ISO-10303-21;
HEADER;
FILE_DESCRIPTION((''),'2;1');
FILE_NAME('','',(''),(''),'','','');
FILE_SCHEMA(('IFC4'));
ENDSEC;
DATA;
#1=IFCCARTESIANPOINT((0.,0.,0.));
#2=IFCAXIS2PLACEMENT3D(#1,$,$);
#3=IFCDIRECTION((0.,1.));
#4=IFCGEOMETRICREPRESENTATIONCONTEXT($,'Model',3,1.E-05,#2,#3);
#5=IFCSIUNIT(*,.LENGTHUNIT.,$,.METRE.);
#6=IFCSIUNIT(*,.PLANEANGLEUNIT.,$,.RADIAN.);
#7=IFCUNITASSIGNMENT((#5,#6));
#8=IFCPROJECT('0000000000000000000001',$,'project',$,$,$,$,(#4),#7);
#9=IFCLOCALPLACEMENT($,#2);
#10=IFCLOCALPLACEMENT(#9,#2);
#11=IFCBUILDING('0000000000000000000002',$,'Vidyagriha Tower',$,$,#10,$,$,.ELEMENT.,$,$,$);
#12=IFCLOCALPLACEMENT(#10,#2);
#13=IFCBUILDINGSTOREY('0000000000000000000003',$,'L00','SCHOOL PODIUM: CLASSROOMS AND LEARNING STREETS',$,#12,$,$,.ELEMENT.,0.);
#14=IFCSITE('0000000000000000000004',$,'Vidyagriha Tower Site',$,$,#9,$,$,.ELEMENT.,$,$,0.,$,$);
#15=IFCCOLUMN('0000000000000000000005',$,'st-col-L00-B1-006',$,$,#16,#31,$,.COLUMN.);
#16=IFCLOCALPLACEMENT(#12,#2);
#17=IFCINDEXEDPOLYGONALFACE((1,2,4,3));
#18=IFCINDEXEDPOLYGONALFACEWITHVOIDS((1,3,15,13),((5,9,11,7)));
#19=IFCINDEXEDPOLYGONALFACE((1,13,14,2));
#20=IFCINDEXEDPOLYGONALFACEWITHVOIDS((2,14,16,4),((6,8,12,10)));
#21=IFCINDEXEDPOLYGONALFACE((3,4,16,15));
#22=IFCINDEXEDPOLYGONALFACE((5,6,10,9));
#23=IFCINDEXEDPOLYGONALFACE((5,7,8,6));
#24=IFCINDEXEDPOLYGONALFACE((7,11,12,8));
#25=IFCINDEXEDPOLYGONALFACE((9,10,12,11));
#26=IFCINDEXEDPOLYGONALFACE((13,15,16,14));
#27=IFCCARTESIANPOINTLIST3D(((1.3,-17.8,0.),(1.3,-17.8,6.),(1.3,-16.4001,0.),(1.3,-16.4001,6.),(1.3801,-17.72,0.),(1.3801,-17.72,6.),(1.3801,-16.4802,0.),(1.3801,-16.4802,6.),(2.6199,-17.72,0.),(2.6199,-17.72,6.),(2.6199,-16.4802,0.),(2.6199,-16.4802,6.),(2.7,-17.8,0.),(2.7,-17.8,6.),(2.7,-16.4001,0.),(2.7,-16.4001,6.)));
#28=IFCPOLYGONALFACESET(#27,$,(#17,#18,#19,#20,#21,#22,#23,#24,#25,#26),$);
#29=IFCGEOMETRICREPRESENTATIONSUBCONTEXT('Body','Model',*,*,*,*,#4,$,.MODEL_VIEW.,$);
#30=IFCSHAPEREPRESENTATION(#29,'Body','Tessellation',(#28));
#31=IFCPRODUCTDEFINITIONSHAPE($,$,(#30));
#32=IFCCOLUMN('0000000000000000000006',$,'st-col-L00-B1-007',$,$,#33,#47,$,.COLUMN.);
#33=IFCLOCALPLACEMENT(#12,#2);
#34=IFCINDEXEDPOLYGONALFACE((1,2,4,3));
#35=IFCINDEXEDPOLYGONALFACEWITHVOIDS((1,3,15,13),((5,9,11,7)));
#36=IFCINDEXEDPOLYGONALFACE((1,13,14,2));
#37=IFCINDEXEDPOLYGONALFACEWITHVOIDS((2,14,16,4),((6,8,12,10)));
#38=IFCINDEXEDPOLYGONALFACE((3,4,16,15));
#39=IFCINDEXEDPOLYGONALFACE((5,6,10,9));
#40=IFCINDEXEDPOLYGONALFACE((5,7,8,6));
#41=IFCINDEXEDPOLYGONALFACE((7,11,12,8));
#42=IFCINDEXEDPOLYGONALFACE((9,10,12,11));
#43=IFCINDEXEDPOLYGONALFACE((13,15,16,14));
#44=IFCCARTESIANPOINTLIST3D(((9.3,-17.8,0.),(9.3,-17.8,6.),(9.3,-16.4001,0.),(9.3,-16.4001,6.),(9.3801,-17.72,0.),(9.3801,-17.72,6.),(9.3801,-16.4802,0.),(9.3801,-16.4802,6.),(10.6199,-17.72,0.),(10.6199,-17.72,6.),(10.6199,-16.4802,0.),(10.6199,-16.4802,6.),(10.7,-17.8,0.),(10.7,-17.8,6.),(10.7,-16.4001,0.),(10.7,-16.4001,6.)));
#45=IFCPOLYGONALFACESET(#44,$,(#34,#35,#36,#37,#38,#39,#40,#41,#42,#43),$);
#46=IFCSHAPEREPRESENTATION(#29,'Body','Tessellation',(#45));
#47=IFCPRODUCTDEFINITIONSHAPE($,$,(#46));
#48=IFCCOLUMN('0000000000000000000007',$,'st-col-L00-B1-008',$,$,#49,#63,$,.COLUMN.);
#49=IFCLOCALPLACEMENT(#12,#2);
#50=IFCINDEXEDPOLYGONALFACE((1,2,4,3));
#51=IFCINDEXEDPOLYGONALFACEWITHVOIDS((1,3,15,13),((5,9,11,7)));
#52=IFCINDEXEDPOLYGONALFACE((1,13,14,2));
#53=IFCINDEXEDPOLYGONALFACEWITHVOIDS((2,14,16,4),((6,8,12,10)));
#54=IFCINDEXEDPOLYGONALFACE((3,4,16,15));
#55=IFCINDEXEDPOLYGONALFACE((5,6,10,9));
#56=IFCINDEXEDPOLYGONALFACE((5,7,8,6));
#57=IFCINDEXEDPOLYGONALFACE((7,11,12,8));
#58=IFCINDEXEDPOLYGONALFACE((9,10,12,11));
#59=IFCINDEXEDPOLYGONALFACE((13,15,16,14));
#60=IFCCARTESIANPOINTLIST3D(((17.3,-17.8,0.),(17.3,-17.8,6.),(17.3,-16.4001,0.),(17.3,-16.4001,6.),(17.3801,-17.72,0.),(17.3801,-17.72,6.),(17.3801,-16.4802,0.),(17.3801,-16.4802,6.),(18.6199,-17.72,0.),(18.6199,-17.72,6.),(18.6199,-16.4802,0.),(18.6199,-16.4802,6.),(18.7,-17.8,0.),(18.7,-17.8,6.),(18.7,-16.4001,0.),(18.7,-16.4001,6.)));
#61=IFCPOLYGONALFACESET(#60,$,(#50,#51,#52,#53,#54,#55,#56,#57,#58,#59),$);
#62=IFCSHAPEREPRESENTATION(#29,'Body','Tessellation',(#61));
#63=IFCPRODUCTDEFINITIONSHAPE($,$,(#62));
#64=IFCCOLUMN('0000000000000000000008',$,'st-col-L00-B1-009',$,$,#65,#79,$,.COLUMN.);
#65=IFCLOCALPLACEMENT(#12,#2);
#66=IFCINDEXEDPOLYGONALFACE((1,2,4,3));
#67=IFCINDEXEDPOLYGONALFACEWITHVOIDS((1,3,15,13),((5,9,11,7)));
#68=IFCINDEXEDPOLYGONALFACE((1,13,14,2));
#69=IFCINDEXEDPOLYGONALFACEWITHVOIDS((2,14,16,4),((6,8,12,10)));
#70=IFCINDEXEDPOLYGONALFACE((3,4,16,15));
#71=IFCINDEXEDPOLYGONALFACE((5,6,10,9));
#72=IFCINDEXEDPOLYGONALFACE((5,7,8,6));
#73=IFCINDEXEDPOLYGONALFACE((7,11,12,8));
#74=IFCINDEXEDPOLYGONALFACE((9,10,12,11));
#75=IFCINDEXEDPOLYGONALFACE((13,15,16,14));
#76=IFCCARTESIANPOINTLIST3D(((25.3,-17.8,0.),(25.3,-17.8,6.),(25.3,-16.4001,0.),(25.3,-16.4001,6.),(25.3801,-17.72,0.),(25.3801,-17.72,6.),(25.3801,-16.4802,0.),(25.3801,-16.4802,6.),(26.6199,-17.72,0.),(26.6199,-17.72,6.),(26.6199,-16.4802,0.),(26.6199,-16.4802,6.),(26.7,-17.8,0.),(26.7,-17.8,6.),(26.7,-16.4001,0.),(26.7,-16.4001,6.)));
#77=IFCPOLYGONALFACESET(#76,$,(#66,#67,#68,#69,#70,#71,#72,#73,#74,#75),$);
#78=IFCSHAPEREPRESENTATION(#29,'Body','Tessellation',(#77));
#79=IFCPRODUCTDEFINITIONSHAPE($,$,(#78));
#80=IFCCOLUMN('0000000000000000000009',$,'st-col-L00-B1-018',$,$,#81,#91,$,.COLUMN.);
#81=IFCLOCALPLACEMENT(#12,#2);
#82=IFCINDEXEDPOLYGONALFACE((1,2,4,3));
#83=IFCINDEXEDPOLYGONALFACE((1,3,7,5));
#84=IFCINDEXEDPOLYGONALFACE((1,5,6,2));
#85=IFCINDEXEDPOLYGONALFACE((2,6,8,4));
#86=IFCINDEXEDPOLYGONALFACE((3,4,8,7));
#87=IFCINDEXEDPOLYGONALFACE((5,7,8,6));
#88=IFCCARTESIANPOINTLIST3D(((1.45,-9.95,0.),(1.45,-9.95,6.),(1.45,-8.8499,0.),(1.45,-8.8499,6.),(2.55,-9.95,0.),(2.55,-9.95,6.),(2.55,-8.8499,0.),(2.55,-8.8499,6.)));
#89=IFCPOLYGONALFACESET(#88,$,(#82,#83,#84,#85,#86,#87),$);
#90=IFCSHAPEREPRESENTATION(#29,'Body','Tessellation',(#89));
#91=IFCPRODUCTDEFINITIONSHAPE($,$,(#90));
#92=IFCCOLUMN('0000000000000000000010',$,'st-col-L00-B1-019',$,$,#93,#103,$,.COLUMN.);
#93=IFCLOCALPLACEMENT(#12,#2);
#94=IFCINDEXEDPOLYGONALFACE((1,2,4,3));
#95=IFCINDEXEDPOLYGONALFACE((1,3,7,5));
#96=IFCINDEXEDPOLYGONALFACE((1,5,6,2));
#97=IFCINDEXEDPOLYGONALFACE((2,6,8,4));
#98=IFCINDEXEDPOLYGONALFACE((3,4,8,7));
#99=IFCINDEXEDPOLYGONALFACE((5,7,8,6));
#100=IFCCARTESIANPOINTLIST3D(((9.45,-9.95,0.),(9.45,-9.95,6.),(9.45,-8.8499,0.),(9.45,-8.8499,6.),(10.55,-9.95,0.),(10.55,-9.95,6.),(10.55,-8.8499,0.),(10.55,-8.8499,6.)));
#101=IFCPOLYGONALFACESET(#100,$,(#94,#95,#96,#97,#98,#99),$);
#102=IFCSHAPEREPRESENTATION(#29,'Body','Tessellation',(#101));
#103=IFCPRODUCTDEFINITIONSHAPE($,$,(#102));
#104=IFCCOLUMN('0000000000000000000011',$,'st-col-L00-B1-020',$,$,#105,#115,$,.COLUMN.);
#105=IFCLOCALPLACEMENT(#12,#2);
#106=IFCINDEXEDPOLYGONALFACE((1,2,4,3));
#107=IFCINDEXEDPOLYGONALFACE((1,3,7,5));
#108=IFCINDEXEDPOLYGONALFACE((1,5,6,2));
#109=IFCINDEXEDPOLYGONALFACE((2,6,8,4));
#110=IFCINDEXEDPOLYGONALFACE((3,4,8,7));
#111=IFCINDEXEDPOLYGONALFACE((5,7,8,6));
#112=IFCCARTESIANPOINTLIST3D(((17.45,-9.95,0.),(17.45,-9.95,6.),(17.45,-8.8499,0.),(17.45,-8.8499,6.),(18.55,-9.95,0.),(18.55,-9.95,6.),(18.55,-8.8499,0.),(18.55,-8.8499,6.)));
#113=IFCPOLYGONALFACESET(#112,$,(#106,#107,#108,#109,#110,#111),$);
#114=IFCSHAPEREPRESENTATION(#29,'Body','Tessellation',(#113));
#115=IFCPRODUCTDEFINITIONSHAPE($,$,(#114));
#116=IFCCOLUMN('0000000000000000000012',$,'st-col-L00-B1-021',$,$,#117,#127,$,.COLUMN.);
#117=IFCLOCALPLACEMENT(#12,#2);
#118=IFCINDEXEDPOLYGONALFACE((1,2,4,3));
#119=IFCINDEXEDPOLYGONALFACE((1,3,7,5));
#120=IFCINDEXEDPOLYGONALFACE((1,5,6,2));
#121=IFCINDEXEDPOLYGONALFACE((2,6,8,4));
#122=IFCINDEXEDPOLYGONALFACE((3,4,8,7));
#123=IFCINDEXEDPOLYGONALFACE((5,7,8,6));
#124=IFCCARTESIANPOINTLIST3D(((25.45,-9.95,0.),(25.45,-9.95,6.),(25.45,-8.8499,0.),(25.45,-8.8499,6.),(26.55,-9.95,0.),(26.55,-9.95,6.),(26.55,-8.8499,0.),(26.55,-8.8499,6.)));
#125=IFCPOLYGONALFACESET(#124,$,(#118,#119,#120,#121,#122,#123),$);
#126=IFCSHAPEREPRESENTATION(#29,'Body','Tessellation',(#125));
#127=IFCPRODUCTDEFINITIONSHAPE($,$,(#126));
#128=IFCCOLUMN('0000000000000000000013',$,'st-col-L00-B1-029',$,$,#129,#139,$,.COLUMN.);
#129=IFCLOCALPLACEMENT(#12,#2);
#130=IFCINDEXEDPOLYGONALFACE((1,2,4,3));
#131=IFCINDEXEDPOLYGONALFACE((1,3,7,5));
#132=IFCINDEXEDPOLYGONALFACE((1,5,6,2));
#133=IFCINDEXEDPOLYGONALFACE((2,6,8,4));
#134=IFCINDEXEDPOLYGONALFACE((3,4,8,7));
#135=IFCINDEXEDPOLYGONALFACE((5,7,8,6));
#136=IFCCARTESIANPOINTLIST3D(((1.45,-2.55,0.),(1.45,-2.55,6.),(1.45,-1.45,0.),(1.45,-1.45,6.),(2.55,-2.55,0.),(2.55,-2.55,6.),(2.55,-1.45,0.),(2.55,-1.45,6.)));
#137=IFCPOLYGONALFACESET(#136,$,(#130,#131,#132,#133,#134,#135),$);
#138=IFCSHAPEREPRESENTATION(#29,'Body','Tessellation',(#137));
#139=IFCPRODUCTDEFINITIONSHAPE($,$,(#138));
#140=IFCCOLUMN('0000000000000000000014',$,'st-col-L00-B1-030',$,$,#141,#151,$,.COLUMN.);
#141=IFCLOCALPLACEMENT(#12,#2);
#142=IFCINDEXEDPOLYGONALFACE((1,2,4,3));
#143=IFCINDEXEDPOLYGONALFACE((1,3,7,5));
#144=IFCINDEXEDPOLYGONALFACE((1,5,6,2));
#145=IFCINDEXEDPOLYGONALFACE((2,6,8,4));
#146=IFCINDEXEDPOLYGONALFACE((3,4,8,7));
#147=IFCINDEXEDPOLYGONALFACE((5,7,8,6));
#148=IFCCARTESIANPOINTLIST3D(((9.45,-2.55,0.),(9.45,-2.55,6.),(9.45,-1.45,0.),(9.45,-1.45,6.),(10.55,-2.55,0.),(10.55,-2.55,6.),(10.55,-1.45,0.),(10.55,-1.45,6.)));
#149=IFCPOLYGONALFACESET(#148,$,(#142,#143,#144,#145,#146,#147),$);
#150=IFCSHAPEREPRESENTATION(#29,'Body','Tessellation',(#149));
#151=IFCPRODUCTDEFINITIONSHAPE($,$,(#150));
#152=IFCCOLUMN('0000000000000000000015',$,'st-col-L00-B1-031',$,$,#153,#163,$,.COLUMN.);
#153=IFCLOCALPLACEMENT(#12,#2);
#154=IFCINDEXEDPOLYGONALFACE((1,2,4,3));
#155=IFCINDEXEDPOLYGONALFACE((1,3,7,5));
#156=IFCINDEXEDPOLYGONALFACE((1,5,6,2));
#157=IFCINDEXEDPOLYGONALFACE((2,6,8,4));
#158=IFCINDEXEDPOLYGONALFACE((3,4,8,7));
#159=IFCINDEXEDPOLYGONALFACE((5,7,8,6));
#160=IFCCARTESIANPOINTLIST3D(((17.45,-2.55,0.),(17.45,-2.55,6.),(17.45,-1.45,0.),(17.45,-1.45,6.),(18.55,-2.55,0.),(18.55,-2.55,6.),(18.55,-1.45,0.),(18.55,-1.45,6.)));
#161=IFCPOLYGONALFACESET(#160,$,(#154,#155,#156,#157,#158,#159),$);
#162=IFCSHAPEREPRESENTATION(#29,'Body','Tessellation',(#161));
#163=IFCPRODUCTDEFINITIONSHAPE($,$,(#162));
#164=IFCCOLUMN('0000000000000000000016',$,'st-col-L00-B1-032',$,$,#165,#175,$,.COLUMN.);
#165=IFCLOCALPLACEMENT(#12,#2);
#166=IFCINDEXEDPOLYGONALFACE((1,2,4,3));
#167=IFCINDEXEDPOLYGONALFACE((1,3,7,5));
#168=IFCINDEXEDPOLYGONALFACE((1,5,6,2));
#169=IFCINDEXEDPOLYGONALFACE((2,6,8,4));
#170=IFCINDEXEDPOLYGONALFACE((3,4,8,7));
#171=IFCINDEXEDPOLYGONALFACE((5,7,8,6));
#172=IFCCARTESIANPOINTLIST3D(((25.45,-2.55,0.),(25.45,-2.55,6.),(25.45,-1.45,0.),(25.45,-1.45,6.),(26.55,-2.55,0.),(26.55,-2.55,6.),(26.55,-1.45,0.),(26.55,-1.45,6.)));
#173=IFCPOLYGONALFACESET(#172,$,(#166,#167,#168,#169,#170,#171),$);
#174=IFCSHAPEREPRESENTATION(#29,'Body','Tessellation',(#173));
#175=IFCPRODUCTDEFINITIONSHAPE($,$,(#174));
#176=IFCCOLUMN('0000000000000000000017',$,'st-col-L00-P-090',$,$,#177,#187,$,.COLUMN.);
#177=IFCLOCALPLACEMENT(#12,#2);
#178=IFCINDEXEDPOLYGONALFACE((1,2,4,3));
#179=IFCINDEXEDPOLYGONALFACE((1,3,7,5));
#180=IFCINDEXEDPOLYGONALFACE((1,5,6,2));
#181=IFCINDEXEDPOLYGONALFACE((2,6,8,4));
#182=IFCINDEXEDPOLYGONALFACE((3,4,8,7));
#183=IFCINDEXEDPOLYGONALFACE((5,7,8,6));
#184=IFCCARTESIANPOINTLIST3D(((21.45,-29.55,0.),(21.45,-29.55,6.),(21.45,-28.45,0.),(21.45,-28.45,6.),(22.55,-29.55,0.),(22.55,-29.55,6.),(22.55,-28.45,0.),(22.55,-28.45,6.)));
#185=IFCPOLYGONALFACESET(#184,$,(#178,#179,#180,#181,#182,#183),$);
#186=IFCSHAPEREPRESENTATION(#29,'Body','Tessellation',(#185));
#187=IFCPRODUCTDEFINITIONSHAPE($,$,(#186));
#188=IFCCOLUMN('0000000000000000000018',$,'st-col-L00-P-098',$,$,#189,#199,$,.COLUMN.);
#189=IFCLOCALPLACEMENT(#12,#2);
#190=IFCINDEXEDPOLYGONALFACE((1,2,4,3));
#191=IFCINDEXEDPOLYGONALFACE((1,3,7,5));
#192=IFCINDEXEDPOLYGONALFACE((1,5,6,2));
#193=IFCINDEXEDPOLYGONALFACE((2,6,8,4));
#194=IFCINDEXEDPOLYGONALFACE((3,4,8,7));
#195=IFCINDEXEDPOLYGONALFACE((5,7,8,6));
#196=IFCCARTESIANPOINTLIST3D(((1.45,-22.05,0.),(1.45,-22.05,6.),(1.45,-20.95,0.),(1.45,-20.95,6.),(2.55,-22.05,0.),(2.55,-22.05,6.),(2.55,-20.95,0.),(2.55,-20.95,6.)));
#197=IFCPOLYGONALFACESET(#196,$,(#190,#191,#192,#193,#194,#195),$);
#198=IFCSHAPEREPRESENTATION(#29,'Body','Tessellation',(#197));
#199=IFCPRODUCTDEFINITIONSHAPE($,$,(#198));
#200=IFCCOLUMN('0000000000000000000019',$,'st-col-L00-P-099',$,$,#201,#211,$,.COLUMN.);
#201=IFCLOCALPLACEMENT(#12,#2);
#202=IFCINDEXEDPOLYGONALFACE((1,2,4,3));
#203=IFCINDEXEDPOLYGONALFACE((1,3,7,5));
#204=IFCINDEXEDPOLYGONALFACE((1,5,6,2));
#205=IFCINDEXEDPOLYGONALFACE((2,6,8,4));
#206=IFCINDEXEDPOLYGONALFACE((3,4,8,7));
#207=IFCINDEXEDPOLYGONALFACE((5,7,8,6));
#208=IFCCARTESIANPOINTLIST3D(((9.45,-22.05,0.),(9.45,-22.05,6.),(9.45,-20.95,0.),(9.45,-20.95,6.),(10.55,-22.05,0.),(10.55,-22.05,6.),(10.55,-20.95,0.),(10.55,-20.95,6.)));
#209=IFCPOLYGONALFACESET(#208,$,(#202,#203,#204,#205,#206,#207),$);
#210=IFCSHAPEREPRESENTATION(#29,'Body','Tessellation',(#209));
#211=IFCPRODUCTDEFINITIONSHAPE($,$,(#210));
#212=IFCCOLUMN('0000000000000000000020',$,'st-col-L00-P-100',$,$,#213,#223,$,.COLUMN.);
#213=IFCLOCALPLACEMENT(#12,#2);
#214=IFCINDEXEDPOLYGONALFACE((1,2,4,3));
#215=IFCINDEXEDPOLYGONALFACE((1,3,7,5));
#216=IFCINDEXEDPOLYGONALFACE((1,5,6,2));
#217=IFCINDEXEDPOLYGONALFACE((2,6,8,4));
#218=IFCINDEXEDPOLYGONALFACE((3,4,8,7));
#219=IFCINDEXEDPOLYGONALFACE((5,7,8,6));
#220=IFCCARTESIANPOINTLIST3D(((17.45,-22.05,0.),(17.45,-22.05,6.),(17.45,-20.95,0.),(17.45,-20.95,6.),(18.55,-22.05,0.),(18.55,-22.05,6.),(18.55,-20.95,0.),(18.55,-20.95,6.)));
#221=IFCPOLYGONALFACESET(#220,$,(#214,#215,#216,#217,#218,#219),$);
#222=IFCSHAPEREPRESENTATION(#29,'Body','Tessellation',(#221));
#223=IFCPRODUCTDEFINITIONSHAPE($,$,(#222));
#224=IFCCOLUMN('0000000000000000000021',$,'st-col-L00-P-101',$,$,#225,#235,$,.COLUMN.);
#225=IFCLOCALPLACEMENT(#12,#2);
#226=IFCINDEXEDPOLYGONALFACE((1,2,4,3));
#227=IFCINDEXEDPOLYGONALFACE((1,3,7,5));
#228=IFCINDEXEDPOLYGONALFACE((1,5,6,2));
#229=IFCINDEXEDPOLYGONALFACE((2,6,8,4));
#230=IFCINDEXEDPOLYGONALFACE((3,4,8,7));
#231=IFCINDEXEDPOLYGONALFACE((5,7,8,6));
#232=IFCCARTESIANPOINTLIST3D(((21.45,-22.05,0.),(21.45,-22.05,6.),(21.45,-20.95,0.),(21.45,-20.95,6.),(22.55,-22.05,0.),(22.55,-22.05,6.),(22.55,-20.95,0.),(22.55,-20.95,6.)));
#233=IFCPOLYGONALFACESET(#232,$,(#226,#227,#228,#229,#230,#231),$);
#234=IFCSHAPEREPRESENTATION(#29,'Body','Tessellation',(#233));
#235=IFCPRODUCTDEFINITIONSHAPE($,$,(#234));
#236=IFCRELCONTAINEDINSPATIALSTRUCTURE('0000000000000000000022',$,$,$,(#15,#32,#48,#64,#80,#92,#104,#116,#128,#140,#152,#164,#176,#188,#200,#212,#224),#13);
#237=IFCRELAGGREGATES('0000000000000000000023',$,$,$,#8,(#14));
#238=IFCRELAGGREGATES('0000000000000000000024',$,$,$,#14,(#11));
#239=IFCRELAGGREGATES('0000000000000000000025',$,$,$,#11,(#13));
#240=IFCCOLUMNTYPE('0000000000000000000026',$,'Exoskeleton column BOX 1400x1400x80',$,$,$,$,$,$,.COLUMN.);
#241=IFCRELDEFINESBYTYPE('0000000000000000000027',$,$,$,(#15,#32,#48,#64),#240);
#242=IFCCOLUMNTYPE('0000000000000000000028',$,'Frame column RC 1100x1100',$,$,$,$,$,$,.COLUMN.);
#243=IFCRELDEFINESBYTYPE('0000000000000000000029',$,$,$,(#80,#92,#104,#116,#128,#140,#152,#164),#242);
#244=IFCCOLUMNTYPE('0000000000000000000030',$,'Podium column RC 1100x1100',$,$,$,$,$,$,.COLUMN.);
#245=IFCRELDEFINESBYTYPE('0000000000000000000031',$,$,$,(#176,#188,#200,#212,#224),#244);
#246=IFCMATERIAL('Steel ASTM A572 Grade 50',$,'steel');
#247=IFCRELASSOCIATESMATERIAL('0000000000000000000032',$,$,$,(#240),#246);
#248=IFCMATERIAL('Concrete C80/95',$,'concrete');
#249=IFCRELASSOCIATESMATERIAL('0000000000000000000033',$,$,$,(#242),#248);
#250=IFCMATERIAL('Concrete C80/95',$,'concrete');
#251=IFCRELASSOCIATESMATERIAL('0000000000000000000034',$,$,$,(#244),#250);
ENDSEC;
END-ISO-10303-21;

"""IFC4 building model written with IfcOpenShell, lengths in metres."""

from ifc_helpers import new_model, si_unit, direction, frame, origin, origin_2d, place, context, subcontext, project, spatial, rectangle, hollow_rectangle, extrude, material, material_profile, profile_set, type_object, element, save


model = new_model("IFC4")

# Units and contexts
model_context = context("Model", 3, precision=1e-05, world=origin(), true_north=direction((0.0, 1.0)))
body_context = subcontext(model_context, "Body", "Model", "MODEL_VIEW")
ifc_project = project(units=[si_unit("LENGTHUNIT", "METRE"), si_unit("PLANEANGLEUNIT", "RADIAN")], contexts=[model_context])

# Site, building, storey
site_placement = place(None, origin())
site = spatial("IfcSite", under=ifc_project, at=site_placement, Name="Vidyagriha Tower Site", CompositionType="ELEMENT", RefElevation=0.0)
building_placement = place(site_placement, origin())
building = spatial("IfcBuilding", under=site, at=building_placement, Name="Vidyagriha Tower", CompositionType="ELEMENT")
storey_placement = place(building_placement, origin())
storey = spatial("IfcBuildingStorey", under=building, at=storey_placement, Name="L00", Description="SCHOOL PODIUM: CLASSROOMS AND LEARNING STREETS", CompositionType="ELEMENT", Elevation=0.0)

# Columns
ifc_material_1 = material(Name="Steel ASTM A572 Grade 50", Category="steel")
ifc_material_profile_1 = material_profile(ifc_material_1, hollow_rectangle(XDim=1.3999, YDim=1.3999, WallThickness=0.0801, at=origin_2d()), Name="BOX 1400x1400x80")
ifc_profile_set_1 = profile_set([ifc_material_profile_1], Name="Steel ASTM A572 Grade 50")
column_type_1 = type_object("IfcColumnType", Name="Exoskeleton column BOX 1400x1400x80", PredefinedType="COLUMN", material=ifc_profile_set_1)
for number, where, name in (
    (1, (2.0, -17.1001, 0.0), "st-col-L00-B1-006"),
    (2, (10.0, -17.1001, 0.0), "st-col-L00-B1-007"),
    (3, (18.0, -17.1001, 0.0), "st-col-L00-B1-008"),
    (4, (26.0, -17.1001, 0.0), "st-col-L00-B1-009"),
):
    element("IfcColumn", number, at=place(storey_placement, frame(where)), inside=storey, type_object=column_type_1, Name=name, PredefinedType="COLUMN", context=body_context, shape_type="SweptSolid", body=[
        extrude(hollow_rectangle(XDim=1.3999, YDim=1.3999, WallThickness=0.0801, at=origin_2d()), origin(), (0.0, 0.0, 1.0), 6.0),
    ])
ifc_material_2 = material(Name="Concrete C80/95", Category="concrete")
ifc_material_profile_2 = material_profile(ifc_material_2, rectangle(XDim=1.1001, YDim=1.1001, at=origin_2d()), Name="RC 1100x1100")
ifc_profile_set_2 = profile_set([ifc_material_profile_2], Name="Concrete C80/95")
column_type_2 = type_object("IfcColumnType", Name="Frame column RC 1100x1100", PredefinedType="COLUMN", material=ifc_profile_set_2)
for number, where, name in (
    (5, (2.0, -9.3999, 0.0), "st-col-L00-B1-018"),
    (6, (10.0, -9.3999, 0.0), "st-col-L00-B1-019"),
    (7, (18.0, -9.3999, 0.0), "st-col-L00-B1-020"),
    (8, (26.0, -9.3999, 0.0), "st-col-L00-B1-021"),
    (9, (2.0, -2.0, 0.0), "st-col-L00-B1-029"),
    (10, (10.0, -2.0, 0.0), "st-col-L00-B1-030"),
    (11, (18.0, -2.0, 0.0), "st-col-L00-B1-031"),
    (12, (26.0, -2.0, 0.0), "st-col-L00-B1-032"),
):
    element("IfcColumn", number, at=place(storey_placement, frame(where)), inside=storey, type_object=column_type_2, Name=name, PredefinedType="COLUMN", context=body_context, shape_type="SweptSolid", body=[
        extrude(rectangle(XDim=1.1001, YDim=1.1001, at=origin_2d()), origin(), (0.0, 0.0, 1.0), 6.0),
    ])
ifc_material_3 = material(Name="Concrete C80/95", Category="concrete")
ifc_material_profile_3 = material_profile(ifc_material_3, rectangle(XDim=1.1001, YDim=1.1001, at=origin_2d()), Name="RC 1100x1100")
ifc_profile_set_3 = profile_set([ifc_material_profile_3], Name="Concrete C80/95")
column_type_3 = type_object("IfcColumnType", Name="Podium column RC 1100x1100", PredefinedType="COLUMN", material=ifc_profile_set_3)
for number, where, name in (
    (13, (22.0, -29.0, 0.0), "st-col-L00-P-090"),
    (14, (2.0, -21.5, 0.0), "st-col-L00-P-098"),
    (15, (10.0, -21.5, 0.0), "st-col-L00-P-099"),
    (16, (18.0, -21.5, 0.0), "st-col-L00-P-100"),
    (17, (22.0, -21.5, 0.0), "st-col-L00-P-101"),
):
    element("IfcColumn", number, at=place(storey_placement, frame(where)), inside=storey, type_object=column_type_3, Name=name, PredefinedType="COLUMN", context=body_context, shape_type="SweptSolid", body=[
        extrude(rectangle(XDim=1.1001, YDim=1.1001, at=origin_2d()), origin(), (0.0, 0.0, 1.0), 6.0),
    ])

save(model, "model.ifc")
